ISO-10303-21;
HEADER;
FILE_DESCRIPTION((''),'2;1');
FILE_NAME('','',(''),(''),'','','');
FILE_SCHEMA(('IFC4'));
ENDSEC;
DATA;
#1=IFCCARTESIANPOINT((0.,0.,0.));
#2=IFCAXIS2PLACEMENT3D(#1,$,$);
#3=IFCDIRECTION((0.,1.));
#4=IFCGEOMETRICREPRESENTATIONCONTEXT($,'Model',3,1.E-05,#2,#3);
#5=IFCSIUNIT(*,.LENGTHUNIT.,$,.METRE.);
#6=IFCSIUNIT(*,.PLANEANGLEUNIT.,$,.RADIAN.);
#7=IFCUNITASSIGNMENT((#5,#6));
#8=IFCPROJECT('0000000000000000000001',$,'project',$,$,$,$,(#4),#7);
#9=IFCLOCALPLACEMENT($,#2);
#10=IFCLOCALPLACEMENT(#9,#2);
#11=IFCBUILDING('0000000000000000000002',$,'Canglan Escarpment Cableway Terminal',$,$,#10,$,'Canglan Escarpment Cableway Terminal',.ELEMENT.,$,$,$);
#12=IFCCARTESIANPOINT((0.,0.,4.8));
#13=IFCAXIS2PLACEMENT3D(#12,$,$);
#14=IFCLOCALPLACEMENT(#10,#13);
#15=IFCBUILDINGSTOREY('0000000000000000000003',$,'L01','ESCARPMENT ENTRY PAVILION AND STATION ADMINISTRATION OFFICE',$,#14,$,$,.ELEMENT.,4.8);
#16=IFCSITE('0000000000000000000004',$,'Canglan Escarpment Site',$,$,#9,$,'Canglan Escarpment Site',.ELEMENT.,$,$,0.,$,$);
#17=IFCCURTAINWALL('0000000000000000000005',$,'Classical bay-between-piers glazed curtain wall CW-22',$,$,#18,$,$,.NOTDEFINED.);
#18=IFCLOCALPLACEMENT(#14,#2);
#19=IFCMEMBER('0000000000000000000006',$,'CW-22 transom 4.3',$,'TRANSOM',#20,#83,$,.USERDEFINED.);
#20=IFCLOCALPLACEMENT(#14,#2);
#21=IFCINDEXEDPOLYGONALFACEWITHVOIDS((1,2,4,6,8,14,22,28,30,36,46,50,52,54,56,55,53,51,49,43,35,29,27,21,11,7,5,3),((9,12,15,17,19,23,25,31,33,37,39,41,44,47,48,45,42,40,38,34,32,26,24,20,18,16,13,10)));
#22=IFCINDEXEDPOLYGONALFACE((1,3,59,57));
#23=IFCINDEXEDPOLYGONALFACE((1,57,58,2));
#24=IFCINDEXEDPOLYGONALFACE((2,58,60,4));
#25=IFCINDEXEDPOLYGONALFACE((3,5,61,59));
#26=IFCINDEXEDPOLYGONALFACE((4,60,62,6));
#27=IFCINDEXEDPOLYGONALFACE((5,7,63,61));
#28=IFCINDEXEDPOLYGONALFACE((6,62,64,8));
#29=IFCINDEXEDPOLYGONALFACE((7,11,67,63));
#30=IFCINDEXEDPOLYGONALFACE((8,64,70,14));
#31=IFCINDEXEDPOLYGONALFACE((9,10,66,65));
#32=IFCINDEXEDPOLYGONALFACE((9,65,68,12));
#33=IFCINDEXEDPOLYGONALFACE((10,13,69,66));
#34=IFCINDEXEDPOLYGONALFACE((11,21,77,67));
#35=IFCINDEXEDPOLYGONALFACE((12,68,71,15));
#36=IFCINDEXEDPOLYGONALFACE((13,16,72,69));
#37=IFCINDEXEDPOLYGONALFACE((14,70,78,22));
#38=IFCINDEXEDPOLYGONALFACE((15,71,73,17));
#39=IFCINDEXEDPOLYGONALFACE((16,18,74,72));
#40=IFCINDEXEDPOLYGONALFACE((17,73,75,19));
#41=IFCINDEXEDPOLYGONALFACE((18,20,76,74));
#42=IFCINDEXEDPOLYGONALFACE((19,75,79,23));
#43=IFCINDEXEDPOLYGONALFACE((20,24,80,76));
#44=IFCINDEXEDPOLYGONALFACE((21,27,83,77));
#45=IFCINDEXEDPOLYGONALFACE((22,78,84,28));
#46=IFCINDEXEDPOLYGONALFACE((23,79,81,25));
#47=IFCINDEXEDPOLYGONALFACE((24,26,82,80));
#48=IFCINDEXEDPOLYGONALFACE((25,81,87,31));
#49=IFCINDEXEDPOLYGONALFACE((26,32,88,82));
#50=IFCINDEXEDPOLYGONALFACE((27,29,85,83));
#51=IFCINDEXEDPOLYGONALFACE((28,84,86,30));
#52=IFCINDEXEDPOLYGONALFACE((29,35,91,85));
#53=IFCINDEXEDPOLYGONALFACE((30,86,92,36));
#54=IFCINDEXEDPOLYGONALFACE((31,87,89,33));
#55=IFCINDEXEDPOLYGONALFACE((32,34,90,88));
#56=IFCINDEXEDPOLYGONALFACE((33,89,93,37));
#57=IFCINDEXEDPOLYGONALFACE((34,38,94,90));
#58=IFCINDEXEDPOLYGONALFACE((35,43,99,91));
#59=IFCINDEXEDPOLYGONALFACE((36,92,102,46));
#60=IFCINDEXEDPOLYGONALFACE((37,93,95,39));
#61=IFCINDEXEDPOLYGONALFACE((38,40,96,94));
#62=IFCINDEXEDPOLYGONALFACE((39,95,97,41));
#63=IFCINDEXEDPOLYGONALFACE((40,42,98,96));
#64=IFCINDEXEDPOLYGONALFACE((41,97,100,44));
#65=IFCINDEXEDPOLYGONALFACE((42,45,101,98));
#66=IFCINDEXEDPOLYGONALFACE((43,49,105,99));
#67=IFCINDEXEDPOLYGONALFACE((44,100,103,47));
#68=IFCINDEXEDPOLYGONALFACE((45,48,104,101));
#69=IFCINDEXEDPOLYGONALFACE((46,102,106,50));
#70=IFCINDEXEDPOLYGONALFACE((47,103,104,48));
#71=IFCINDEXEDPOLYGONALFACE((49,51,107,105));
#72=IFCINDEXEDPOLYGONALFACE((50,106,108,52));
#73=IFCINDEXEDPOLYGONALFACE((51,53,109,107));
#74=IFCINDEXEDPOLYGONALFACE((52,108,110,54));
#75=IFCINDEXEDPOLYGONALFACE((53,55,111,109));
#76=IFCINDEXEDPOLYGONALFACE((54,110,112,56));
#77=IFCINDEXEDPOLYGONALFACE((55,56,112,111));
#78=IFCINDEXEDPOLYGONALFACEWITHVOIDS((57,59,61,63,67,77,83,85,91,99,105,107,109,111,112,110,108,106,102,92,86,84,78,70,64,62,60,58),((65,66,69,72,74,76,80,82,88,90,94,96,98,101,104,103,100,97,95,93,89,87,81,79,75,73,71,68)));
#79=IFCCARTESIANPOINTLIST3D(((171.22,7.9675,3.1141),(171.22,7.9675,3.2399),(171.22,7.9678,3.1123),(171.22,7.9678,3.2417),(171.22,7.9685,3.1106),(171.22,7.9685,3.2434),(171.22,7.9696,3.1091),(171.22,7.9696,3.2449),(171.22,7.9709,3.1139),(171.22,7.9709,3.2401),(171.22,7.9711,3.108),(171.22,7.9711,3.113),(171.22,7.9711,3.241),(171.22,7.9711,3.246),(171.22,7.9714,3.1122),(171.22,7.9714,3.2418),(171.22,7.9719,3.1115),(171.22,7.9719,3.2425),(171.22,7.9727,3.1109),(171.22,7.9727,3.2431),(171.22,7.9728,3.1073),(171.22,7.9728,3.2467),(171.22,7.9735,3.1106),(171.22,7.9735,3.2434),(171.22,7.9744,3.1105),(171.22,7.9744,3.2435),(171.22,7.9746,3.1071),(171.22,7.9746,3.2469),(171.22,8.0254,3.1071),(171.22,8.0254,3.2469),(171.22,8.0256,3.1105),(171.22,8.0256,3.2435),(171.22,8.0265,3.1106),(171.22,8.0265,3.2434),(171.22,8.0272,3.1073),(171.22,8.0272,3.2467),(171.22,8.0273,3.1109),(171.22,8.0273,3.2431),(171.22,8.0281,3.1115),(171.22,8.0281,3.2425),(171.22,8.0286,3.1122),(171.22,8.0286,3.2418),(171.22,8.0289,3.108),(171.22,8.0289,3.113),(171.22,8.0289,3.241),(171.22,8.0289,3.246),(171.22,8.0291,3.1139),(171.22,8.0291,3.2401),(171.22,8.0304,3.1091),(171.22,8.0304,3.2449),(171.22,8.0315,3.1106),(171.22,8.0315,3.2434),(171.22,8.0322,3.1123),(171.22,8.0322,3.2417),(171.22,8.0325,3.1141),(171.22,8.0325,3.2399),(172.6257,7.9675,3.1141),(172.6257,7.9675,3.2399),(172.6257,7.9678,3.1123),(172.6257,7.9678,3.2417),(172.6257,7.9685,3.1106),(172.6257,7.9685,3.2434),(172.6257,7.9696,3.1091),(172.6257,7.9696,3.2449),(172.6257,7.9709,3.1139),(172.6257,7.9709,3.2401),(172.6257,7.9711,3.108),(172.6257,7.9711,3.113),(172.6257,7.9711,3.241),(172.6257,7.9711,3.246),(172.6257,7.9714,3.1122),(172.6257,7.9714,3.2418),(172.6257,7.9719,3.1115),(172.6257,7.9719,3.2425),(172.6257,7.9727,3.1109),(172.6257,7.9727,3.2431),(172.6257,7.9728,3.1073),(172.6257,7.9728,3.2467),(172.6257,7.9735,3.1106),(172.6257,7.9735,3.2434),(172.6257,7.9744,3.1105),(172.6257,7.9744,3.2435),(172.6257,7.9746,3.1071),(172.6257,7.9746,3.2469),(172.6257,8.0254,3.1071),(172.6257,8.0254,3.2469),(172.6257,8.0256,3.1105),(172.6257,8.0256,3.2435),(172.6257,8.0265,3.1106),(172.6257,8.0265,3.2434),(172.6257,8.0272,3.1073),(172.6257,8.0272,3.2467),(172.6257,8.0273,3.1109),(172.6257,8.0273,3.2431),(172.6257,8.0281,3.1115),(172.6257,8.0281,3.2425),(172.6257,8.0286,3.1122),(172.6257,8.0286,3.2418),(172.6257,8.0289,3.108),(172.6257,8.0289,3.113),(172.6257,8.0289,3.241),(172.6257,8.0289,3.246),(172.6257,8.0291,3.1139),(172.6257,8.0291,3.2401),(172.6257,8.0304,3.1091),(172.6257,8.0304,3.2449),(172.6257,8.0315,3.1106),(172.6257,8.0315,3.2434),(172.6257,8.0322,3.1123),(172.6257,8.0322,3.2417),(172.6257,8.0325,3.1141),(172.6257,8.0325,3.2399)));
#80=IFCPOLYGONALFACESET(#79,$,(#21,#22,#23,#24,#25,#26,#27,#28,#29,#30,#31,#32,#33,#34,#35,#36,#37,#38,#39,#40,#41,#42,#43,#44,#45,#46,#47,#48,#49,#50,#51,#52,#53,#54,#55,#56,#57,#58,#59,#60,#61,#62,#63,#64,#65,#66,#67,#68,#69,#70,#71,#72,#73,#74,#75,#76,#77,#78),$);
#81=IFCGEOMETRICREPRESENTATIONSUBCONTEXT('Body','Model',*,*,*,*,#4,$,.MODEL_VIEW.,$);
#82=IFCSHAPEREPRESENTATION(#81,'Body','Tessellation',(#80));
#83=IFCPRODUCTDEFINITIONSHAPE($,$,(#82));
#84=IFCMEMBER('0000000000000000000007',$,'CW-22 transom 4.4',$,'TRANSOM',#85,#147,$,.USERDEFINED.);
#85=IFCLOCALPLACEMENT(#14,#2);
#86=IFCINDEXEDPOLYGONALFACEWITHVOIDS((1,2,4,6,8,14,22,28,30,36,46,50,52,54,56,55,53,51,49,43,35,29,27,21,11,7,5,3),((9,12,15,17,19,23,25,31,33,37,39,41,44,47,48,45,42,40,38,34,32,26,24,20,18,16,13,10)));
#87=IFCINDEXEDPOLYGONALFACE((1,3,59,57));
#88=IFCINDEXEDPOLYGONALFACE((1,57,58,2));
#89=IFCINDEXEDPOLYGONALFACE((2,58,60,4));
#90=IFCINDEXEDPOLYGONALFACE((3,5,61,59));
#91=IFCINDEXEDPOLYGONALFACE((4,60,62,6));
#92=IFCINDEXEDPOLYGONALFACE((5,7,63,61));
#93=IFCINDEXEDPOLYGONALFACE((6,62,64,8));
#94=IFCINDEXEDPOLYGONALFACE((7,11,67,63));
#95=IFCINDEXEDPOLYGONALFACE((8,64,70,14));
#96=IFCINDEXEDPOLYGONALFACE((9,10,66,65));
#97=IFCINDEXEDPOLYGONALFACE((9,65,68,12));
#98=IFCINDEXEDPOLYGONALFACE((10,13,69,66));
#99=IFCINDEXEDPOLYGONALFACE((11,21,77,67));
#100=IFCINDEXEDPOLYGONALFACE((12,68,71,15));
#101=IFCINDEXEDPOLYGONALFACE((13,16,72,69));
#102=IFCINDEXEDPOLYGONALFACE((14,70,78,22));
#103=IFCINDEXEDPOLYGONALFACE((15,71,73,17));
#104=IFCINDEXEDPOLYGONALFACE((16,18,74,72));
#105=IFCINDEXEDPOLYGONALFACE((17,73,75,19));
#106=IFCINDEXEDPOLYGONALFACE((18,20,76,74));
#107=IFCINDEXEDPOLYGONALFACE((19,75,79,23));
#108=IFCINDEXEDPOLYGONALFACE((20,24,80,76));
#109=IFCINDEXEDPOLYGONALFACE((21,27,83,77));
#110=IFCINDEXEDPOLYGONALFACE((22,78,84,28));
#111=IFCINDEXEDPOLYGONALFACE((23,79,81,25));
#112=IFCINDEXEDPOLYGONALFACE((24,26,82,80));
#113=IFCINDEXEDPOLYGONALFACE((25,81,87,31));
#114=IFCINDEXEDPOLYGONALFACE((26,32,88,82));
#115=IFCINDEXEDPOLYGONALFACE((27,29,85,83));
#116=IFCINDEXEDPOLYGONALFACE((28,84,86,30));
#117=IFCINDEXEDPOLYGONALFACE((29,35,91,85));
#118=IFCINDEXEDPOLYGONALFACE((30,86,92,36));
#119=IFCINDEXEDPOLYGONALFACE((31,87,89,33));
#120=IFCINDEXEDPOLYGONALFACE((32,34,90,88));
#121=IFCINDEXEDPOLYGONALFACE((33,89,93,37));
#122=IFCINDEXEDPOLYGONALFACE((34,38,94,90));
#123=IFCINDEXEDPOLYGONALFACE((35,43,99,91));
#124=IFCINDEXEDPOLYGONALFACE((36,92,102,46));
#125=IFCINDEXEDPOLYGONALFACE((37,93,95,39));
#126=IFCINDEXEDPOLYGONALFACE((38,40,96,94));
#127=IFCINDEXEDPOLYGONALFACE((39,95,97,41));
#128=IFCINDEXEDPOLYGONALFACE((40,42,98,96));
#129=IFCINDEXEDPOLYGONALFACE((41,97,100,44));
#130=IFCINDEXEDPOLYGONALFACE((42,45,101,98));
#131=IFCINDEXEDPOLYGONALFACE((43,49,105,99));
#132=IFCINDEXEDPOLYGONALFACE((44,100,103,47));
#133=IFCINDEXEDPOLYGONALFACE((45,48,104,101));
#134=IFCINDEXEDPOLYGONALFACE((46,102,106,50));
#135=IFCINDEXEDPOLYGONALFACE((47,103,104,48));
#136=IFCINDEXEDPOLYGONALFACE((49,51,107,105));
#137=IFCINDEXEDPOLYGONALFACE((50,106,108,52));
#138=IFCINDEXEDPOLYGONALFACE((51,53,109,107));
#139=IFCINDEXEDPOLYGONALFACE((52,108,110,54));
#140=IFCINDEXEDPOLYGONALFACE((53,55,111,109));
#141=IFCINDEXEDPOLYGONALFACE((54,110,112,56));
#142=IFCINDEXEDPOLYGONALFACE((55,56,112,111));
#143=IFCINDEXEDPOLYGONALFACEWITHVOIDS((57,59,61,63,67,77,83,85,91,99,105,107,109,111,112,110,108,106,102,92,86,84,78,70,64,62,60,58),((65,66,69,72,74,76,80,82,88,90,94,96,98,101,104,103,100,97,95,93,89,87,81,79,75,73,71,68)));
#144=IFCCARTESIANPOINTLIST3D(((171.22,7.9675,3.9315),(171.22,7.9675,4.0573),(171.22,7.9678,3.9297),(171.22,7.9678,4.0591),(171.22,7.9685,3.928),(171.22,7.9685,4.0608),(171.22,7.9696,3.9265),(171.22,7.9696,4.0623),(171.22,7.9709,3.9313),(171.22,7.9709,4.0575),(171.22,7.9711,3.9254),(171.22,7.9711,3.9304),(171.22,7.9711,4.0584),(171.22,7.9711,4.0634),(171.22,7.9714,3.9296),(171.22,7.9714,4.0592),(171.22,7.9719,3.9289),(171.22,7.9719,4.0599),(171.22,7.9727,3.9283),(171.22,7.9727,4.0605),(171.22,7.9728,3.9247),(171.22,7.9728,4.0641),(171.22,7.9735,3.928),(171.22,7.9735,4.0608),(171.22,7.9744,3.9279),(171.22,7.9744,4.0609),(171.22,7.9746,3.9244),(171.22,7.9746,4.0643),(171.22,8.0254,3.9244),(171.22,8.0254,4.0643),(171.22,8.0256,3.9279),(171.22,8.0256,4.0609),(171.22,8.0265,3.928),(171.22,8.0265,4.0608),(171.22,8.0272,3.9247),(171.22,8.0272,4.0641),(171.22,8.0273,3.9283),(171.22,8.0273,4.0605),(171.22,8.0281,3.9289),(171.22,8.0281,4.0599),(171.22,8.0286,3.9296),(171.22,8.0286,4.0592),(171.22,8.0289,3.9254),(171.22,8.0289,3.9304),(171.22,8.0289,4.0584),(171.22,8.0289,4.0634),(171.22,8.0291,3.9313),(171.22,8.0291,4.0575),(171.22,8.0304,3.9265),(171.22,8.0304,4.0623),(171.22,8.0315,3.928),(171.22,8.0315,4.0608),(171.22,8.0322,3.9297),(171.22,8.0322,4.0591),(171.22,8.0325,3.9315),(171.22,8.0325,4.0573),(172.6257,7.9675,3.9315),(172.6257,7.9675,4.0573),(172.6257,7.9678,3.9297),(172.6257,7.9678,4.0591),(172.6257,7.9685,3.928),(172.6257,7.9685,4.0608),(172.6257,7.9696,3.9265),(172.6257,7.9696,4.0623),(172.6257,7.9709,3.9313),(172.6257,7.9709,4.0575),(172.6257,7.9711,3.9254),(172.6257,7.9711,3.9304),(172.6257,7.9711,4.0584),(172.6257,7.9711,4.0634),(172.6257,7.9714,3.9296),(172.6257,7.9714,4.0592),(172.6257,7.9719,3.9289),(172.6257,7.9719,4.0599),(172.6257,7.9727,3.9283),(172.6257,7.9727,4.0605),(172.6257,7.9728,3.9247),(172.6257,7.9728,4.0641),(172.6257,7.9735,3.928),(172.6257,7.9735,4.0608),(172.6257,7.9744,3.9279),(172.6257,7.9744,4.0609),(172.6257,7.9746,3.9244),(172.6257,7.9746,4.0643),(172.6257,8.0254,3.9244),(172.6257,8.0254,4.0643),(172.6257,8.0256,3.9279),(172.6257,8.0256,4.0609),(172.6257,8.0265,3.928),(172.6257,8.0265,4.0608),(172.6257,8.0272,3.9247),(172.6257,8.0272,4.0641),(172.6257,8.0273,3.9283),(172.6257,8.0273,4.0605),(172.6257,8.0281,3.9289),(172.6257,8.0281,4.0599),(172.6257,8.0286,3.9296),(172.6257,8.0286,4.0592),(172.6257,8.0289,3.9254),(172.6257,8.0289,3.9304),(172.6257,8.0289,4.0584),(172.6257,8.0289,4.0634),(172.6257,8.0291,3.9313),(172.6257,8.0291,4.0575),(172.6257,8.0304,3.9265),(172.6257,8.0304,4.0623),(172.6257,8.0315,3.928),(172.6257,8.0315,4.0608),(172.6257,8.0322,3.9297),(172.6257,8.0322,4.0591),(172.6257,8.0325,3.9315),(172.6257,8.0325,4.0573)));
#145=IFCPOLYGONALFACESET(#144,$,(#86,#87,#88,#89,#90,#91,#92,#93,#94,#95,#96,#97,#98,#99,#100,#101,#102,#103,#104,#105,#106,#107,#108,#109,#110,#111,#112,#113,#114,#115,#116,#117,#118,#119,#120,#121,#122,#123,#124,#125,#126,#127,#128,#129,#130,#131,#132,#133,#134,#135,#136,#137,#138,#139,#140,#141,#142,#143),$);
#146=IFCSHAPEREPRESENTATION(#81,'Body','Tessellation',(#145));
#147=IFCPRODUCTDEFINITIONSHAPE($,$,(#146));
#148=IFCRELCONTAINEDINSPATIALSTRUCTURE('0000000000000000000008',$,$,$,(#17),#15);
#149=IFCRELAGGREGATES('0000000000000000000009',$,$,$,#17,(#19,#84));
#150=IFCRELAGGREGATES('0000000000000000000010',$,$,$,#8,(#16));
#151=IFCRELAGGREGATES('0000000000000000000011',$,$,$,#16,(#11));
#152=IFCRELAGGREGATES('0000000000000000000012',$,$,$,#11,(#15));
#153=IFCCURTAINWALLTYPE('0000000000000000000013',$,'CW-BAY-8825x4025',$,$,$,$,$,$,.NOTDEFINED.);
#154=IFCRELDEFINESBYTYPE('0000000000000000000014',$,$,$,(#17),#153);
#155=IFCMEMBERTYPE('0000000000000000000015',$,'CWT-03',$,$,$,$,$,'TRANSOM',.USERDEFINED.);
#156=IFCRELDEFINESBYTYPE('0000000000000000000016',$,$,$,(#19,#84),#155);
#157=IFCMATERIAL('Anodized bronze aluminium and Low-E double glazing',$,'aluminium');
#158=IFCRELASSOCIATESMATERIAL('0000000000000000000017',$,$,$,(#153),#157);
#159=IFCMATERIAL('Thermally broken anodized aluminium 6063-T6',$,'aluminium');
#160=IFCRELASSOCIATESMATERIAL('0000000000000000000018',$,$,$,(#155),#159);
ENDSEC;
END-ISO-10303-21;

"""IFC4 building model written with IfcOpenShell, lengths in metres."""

from ifc_helpers import new_model, si_unit, direction, frame, origin, origin_2d, place, context, subcontext, project, spatial, hollow_rectangle, extrude, material, material_profile, profile_set, type_object, element, aggregate, save


model = new_model("IFC4")

# Units and contexts
model_context = context("Model", 3, precision=1e-05, world=origin(), true_north=direction((0.0, 1.0)))
body_context = subcontext(model_context, "Body", "Model", "MODEL_VIEW")
ifc_project = project(units=[si_unit("LENGTHUNIT", "METRE"), si_unit("PLANEANGLEUNIT", "RADIAN")], contexts=[model_context])

# Site, building, storey
site_placement = place(None, origin())
site = spatial("IfcSite", under=ifc_project, at=site_placement, Name="Canglan Escarpment Site", LongName="Canglan Escarpment Site", CompositionType="ELEMENT", RefElevation=0.0)
building_placement = place(site_placement, origin())
building = spatial("IfcBuilding", under=site, at=building_placement, Name="Canglan Escarpment Cableway Terminal", LongName="Canglan Escarpment Cableway Terminal", CompositionType="ELEMENT")
storey_placement = place(building_placement, frame((0.0, 0.0, 4.8)))
storey = spatial("IfcBuildingStorey", under=building, at=storey_placement, Name="L01", Description="ESCARPMENT ENTRY PAVILION AND STATION ADMINISTRATION OFFICE", CompositionType="ELEMENT", Elevation=4.8)

# Curtain wall, members
ifc_material_1 = material(Name="Anodized bronze aluminium and Low-E double glazing", Category="aluminium")
curtain_wall_type = type_object("IfcCurtainWallType", Name="CW-BAY-8825x4025", PredefinedType="NOTDEFINED", material=ifc_material_1)
curtain_wall_placement = place(storey_placement, origin())
curtain_wall = element("IfcCurtainWall", 1, at=curtain_wall_placement, inside=storey, type_object=curtain_wall_type, Name="Classical bay-between-piers glazed curtain wall CW-22", PredefinedType="NOTDEFINED")
ifc_material_2 = material(Name="Thermally broken anodized aluminium 6063-T6", Category="aluminium")
ifc_material_profile_1 = material_profile(ifc_material_2, hollow_rectangle(XDim=0.0649, YDim=0.1399, WallThickness=0.0034, InnerFilletRadius=0.0034, OuterFilletRadius=0.0071, at=origin_2d()), Name="ALU-TRAN 65x140x3.5")
ifc_profile_set_1 = profile_set([ifc_material_profile_1], Name="Thermally broken anodized aluminium 6063-T6")
member_type_1 = type_object("IfcMemberType", Name="CWT-03", ElementType="TRANSOM", PredefinedType="USERDEFINED", material=ifc_profile_set_1)
member_1_placement = place(storey_placement, frame((171.22, 8.0, 3.177), z_axis=(1.0, 0.0, 0.0), x_axis=(0.0, 1.0, 0.0)))
member_1 = element("IfcMember", 2, at=member_1_placement, type_object=member_type_1, Name="CW-22 transom 4.3", ObjectType="TRANSOM", PredefinedType="USERDEFINED", context=body_context, shape_type="SweptSolid", body=[
    extrude(hollow_rectangle(XDim=0.0649, YDim=0.1399, WallThickness=0.0034, InnerFilletRadius=0.0034, OuterFilletRadius=0.0071, at=origin_2d()), origin(), (0.0, 0.0, 1.0), 1.4058),
])
member_2_placement = place(storey_placement, frame((171.22, 8.0, 3.9944), z_axis=(1.0, 0.0, 0.0), x_axis=(0.0, 1.0, 0.0)))
member_2 = element("IfcMember", 3, at=member_2_placement, type_object=member_type_1, Name="CW-22 transom 4.4", ObjectType="TRANSOM", PredefinedType="USERDEFINED", context=body_context, shape_type="SweptSolid", body=[
    extrude(hollow_rectangle(XDim=0.0649, YDim=0.1399, WallThickness=0.0034, InnerFilletRadius=0.0034, OuterFilletRadius=0.0071, at=origin_2d()), origin(), (0.0, 0.0, 1.0), 1.4058),
])
aggregate(curtain_wall, [member_1, member_2])

save(model, "model.ifc")
